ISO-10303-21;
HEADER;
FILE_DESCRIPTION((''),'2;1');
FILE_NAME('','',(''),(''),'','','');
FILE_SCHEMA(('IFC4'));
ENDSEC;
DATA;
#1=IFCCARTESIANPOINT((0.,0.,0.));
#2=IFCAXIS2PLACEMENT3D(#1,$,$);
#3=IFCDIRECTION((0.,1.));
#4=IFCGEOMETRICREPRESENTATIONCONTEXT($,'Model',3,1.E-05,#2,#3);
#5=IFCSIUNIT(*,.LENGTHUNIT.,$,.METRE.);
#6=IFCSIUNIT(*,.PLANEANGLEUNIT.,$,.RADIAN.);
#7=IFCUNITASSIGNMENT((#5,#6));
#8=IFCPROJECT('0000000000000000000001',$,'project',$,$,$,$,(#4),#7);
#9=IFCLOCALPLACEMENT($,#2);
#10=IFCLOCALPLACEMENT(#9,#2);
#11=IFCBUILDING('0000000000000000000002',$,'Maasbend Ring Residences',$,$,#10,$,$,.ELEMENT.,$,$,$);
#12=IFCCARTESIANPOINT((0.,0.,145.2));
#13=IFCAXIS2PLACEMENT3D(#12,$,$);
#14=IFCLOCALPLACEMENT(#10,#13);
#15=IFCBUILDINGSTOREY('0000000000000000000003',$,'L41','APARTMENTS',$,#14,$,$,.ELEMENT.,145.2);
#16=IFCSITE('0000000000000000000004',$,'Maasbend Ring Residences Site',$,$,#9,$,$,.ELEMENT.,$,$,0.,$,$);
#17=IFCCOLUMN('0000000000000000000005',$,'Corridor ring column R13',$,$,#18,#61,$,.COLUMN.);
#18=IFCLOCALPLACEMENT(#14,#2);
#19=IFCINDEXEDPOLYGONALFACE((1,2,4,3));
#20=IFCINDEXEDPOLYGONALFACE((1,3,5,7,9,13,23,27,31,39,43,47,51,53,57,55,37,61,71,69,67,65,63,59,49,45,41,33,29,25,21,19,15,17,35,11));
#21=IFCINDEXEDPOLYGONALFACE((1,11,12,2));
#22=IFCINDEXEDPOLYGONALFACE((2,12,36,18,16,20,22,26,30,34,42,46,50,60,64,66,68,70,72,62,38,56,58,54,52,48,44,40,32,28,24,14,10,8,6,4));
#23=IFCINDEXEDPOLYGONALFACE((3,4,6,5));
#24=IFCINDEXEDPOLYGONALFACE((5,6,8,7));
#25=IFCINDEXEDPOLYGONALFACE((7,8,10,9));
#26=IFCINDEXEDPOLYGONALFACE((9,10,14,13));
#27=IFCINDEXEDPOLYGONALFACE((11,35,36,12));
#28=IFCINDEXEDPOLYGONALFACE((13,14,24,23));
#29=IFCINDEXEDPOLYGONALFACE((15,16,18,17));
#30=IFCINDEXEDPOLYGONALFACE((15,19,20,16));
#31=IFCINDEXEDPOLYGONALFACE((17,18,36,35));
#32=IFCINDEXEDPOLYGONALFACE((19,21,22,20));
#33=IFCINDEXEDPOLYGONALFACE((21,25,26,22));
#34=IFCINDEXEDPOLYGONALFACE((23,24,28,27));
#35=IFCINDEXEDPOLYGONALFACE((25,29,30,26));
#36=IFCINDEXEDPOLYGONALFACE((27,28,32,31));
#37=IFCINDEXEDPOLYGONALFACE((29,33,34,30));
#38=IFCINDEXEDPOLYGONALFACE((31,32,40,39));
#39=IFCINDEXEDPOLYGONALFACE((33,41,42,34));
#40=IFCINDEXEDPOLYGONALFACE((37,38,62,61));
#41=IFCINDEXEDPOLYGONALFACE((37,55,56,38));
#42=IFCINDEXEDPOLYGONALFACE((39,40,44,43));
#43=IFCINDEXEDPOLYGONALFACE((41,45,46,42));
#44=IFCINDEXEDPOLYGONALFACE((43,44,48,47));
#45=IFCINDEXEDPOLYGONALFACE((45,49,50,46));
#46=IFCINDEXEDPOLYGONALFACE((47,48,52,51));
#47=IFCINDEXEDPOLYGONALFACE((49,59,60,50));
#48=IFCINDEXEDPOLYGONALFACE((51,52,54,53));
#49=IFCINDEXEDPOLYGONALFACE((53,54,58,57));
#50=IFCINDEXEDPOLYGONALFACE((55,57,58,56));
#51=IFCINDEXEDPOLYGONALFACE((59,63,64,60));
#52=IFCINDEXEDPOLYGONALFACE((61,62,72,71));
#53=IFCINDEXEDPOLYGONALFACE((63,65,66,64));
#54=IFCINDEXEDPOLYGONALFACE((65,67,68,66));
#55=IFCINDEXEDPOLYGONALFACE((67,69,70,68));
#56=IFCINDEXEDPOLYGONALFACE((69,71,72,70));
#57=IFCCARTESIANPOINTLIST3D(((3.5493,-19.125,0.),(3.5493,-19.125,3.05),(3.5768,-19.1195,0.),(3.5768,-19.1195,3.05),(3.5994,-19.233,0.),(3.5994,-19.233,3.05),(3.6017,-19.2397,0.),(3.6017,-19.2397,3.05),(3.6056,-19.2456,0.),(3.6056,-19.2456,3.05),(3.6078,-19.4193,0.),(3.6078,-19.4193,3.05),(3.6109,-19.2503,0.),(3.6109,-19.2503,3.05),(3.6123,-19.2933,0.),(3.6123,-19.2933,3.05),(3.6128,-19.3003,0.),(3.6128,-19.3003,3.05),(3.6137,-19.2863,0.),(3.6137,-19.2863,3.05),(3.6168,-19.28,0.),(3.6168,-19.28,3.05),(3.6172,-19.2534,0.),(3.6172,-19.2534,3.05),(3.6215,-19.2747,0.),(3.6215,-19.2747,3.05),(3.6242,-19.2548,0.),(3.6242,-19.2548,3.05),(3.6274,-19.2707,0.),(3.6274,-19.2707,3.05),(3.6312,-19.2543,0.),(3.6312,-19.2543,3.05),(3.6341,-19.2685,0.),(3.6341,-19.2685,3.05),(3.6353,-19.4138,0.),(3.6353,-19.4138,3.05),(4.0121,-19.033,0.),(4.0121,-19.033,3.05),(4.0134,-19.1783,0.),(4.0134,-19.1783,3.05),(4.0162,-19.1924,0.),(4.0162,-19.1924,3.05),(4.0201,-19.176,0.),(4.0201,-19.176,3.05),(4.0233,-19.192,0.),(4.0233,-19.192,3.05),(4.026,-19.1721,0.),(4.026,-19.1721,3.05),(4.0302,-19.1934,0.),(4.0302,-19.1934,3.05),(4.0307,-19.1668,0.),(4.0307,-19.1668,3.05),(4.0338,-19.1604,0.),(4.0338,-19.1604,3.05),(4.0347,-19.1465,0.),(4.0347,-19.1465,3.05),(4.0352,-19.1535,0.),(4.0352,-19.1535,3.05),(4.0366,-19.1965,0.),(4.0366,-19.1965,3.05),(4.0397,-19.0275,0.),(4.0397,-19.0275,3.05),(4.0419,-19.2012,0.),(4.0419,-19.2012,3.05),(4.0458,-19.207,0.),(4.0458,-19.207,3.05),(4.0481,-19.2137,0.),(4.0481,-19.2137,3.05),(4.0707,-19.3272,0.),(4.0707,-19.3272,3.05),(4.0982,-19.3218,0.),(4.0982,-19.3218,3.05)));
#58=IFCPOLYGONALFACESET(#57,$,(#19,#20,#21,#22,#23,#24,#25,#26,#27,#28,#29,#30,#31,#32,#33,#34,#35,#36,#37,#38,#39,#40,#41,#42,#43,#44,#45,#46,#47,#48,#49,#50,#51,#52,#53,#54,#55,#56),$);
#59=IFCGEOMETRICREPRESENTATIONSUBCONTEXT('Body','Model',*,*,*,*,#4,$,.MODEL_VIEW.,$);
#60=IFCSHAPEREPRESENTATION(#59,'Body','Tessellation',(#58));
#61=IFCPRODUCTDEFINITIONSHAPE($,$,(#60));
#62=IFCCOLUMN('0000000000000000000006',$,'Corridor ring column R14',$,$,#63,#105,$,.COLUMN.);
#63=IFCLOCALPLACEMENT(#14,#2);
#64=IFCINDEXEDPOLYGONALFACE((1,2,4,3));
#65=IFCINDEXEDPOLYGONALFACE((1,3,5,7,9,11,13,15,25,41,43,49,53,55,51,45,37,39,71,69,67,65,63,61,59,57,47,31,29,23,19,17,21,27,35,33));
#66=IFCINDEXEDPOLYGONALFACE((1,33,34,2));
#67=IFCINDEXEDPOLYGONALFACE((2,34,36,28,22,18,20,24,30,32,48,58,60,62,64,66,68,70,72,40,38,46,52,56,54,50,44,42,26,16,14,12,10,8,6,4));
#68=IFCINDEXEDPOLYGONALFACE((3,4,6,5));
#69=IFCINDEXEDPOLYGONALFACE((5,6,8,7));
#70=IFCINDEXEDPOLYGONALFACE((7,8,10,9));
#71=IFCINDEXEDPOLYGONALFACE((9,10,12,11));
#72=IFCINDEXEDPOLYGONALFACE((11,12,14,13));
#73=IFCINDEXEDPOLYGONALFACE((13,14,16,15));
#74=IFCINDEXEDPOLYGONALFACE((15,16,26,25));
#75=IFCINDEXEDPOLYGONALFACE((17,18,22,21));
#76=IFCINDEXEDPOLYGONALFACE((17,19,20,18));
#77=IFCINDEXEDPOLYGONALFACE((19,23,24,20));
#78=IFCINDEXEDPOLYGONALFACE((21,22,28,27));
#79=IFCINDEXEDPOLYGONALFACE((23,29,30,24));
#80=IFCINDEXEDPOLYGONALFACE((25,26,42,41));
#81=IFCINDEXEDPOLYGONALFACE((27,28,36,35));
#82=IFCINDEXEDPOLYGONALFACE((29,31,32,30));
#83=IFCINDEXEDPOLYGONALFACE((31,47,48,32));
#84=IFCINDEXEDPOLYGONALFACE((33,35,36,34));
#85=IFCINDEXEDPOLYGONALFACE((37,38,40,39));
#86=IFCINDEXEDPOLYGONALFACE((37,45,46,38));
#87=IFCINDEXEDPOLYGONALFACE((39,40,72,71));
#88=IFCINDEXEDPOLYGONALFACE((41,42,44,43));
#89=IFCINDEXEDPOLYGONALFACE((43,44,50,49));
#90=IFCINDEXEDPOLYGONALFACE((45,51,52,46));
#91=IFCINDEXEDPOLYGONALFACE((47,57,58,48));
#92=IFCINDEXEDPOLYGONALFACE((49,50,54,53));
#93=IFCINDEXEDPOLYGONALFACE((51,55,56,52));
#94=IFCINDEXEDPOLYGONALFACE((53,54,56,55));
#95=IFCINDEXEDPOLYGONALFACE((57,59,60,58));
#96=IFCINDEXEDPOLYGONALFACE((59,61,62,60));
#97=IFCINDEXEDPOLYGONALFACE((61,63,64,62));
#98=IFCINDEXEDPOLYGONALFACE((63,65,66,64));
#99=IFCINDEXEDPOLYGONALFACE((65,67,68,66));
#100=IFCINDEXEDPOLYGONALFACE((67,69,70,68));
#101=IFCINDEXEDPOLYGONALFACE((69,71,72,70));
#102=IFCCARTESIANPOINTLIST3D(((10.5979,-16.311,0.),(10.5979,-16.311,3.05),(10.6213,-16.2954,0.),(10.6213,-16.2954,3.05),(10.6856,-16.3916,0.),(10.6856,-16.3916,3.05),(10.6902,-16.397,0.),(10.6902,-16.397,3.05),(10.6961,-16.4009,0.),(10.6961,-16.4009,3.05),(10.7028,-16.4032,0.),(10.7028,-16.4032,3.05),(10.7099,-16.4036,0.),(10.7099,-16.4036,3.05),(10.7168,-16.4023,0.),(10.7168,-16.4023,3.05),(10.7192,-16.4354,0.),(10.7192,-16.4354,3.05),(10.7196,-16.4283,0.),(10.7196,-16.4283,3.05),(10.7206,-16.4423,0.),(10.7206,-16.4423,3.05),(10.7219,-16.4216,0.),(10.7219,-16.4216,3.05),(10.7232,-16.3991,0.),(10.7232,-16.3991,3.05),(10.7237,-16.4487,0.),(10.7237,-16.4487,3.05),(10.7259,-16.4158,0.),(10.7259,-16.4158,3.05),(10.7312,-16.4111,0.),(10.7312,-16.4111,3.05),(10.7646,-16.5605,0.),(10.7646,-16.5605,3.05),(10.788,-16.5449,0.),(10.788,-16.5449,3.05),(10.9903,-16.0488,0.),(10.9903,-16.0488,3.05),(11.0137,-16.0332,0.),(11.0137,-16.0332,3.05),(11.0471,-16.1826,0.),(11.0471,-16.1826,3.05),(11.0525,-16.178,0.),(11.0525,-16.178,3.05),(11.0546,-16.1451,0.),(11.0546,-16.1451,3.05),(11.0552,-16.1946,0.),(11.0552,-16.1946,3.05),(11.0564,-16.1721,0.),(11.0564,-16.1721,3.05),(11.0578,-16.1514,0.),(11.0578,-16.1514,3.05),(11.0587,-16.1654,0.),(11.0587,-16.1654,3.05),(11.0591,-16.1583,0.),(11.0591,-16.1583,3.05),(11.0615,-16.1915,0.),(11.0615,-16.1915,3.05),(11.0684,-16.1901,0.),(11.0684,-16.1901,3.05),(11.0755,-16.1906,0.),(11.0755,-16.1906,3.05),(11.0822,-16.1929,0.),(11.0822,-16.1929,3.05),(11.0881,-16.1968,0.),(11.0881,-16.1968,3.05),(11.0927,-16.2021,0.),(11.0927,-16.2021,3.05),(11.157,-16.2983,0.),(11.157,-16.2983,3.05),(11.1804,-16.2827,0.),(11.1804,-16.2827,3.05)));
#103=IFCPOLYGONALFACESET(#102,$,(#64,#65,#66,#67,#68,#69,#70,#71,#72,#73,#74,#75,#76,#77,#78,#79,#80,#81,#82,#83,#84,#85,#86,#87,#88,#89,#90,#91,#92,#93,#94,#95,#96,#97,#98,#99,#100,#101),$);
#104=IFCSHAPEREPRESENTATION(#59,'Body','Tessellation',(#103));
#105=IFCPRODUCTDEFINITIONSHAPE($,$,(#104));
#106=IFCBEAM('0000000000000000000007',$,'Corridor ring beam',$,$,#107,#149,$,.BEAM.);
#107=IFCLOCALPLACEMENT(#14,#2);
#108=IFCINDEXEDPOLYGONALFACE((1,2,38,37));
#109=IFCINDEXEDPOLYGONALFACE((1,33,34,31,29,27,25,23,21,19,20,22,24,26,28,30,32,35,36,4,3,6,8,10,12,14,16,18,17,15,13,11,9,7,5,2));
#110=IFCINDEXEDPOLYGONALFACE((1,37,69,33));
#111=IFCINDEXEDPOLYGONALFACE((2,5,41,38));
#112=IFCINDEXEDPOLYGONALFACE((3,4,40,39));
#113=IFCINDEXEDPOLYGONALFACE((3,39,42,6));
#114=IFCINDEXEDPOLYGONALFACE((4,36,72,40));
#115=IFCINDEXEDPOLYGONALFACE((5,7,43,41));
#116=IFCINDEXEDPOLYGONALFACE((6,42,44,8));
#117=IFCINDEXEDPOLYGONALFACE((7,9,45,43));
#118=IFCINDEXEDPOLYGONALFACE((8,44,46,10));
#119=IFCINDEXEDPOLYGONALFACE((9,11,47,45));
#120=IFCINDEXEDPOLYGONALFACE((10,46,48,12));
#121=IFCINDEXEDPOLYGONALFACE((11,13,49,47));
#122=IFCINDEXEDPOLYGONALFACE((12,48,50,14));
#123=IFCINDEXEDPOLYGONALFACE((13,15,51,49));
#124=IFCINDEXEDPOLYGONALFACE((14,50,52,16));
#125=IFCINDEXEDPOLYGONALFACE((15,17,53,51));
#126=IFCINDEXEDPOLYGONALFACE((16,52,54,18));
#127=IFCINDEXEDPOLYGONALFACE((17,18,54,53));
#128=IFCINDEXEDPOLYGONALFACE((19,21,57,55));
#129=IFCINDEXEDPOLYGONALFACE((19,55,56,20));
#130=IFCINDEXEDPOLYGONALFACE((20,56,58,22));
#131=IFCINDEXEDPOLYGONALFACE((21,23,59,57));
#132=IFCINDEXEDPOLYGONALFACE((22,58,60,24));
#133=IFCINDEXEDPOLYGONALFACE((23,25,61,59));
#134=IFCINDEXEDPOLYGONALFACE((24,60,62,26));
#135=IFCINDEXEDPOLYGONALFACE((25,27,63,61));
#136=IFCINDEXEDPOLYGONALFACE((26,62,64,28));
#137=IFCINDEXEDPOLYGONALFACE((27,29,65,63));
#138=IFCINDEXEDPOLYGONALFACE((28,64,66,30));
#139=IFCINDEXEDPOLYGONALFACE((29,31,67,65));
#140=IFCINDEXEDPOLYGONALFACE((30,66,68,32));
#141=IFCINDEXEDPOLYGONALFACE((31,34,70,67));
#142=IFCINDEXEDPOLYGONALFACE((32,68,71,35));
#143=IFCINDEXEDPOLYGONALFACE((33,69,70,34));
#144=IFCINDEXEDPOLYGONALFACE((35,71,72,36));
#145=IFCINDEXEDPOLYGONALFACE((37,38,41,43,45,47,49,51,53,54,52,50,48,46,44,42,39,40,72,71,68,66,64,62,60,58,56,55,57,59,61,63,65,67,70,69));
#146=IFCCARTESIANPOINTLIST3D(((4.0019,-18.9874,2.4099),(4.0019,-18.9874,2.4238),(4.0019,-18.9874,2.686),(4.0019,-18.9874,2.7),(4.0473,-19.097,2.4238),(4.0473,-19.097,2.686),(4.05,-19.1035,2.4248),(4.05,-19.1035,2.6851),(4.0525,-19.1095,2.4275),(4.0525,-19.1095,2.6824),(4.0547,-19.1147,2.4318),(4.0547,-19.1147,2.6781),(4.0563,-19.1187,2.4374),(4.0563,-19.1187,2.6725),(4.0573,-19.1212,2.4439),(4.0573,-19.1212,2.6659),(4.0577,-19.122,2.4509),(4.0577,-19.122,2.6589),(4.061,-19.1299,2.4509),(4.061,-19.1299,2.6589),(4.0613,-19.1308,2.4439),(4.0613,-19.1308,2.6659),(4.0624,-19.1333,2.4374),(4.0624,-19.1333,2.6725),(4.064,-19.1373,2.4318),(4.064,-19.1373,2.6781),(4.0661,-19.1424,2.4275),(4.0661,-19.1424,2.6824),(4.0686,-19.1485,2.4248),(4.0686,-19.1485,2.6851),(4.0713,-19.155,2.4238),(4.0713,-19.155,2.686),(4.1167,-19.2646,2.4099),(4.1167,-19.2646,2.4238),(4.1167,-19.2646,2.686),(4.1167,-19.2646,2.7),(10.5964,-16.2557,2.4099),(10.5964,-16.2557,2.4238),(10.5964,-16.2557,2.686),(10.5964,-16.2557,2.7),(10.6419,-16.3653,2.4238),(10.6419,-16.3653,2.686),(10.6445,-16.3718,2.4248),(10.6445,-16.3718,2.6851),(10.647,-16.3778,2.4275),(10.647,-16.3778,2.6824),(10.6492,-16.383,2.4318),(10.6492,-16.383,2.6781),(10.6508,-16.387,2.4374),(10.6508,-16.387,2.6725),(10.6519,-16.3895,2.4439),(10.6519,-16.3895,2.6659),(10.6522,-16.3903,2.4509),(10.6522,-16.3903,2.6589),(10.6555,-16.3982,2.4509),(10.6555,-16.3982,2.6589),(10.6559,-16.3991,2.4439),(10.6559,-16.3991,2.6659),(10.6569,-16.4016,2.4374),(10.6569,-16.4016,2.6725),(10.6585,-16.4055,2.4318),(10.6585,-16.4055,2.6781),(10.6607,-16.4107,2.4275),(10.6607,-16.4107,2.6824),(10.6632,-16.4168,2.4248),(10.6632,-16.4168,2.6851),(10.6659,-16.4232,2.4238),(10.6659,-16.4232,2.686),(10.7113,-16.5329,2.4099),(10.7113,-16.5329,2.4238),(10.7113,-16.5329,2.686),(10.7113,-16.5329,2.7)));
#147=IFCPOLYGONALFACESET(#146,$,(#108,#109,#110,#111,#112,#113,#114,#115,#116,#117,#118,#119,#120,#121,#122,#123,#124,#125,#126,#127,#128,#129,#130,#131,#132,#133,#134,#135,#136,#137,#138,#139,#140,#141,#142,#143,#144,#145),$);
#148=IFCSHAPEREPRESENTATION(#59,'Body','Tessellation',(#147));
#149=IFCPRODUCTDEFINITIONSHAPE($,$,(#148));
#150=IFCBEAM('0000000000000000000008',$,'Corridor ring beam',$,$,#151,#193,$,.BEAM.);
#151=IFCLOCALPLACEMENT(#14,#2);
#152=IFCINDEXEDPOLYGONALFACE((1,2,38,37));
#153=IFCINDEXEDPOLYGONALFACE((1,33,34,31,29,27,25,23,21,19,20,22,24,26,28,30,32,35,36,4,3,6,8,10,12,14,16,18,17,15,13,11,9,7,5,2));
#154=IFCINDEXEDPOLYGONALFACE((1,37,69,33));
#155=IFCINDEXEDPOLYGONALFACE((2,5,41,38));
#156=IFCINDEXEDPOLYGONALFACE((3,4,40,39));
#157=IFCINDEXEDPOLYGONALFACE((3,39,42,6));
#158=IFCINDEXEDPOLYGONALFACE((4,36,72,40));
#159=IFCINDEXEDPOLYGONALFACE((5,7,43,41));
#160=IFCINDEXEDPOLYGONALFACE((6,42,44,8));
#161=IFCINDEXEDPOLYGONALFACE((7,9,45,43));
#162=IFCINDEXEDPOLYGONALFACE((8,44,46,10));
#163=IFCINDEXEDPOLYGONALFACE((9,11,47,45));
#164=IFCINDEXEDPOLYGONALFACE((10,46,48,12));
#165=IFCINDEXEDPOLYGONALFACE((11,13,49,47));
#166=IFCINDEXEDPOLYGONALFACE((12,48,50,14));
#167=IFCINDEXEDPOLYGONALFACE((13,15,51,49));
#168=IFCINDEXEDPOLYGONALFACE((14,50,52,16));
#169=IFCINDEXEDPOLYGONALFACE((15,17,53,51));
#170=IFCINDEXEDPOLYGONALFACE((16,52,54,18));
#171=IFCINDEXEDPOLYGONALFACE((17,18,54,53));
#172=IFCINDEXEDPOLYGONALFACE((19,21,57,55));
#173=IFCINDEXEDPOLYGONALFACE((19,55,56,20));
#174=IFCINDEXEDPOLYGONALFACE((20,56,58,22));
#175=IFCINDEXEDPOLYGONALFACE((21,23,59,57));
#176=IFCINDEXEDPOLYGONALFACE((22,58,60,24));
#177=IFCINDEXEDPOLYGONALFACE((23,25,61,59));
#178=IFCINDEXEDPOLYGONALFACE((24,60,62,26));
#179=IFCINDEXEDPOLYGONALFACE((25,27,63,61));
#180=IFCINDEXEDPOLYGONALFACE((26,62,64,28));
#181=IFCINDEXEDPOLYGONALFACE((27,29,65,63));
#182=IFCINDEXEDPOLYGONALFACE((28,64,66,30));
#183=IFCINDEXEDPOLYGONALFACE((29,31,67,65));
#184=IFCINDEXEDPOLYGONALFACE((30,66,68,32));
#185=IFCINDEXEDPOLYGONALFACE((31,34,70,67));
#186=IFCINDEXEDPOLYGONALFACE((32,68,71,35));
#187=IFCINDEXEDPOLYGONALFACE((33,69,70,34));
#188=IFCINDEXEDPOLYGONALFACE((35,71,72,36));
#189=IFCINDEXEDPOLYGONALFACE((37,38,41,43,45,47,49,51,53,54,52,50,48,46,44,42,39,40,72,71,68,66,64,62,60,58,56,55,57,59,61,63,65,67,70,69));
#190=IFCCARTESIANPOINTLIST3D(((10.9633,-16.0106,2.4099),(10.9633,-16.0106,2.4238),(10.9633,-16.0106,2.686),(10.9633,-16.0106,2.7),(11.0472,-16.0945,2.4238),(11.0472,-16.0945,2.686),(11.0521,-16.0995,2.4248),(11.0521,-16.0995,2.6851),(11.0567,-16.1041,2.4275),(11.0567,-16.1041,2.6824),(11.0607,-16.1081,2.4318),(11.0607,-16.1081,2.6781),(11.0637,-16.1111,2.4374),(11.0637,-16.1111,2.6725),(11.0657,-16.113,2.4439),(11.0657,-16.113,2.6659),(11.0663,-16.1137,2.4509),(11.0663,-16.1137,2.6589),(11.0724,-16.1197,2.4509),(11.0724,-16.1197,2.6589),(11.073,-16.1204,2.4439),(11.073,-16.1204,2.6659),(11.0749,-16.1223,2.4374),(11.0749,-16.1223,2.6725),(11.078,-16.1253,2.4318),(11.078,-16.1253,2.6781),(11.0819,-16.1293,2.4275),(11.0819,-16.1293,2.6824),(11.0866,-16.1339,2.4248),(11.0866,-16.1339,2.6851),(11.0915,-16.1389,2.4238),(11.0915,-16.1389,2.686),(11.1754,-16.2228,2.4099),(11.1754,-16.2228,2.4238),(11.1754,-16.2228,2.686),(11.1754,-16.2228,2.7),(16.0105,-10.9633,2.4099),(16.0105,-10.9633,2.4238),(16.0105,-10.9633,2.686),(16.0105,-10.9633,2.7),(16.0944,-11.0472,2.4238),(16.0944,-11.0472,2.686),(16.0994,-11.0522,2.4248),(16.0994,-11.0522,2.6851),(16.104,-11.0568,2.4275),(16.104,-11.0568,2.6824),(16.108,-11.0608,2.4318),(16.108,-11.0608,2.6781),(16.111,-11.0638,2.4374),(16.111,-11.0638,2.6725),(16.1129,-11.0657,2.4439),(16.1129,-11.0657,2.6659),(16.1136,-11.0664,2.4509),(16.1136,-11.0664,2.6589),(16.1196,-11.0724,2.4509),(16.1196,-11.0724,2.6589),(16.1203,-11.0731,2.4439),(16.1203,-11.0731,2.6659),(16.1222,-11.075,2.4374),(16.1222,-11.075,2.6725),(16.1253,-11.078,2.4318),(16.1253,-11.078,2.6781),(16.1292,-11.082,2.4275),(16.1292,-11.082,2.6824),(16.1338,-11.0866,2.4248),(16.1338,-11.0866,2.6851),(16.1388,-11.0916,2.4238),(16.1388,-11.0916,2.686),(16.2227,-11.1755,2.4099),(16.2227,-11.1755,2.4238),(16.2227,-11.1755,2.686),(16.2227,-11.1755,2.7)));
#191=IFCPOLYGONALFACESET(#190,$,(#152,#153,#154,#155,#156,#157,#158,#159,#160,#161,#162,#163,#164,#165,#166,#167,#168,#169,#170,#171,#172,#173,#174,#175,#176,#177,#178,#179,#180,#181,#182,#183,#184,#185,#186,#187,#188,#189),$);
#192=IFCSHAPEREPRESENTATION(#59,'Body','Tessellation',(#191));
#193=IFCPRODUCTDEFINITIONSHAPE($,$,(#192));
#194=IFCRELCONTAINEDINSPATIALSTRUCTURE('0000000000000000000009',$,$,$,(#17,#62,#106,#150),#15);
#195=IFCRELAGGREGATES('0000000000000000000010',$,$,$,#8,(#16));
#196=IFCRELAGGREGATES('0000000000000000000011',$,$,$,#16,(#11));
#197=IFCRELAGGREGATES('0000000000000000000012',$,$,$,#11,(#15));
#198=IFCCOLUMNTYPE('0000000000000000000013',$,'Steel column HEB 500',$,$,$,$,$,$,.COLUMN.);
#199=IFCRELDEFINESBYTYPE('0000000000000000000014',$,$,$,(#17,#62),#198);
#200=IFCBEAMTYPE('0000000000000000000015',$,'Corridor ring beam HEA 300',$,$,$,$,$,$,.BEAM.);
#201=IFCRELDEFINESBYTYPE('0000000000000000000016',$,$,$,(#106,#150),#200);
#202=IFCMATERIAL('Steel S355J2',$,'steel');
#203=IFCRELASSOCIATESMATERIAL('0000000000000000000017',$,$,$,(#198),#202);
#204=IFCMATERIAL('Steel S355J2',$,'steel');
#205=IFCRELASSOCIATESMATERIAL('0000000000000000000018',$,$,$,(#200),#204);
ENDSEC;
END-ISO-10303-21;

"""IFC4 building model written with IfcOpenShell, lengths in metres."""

from ifc_helpers import new_model, si_unit, direction, frame, origin, origin_2d, place, context, subcontext, project, spatial, i_section, extrude, material, material_profile, profile_set, type_object, element, save


model = new_model("IFC4")

# Units and contexts
model_context = context("Model", 3, precision=1e-05, world=origin(), true_north=direction((0.0, 1.0)))
body_context = subcontext(model_context, "Body", "Model", "MODEL_VIEW")
ifc_project = project(units=[si_unit("LENGTHUNIT", "METRE"), si_unit("PLANEANGLEUNIT", "RADIAN")], contexts=[model_context])

# Site, building, storey
site_placement = place(None, origin())
site = spatial("IfcSite", under=ifc_project, at=site_placement, Name="Maasbend Ring Residences Site", CompositionType="ELEMENT", RefElevation=0.0)
building_placement = place(site_placement, origin())
building = spatial("IfcBuilding", under=site, at=building_placement, Name="Maasbend Ring Residences", CompositionType="ELEMENT")
storey_placement = place(building_placement, frame((0.0, 0.0, 145.2)))
storey = spatial("IfcBuildingStorey", under=building, at=storey_placement, Name="L41", Description="APARTMENTS", CompositionType="ELEMENT", Elevation=145.2)

# Columns
ifc_material_1 = material(Name="Steel S355J2", Category="steel")
ifc_material_profile_1 = material_profile(ifc_material_1, i_section(OverallWidth=0.3, OverallDepth=0.5, WebThickness=0.0144, FlangeThickness=0.0281, FilletRadius=0.0271, at=origin_2d()), Name="HEB 500")
ifc_profile_set_1 = profile_set([ifc_material_profile_1], Name="Steel S355J2")
column_type = type_object("IfcColumnType", Name="Steel column HEB 500", PredefinedType="COLUMN", material=ifc_profile_set_1)
for number, where, z_axis, x_axis, name in (
    (1, (3.8237, -19.2234, 0.0), (0.0, 0.0, 1.0), (0.19509, -0.980785, 0.0), "Corridor ring column R13"),
    (2, (10.8892, -16.2969, 0.0), (0.0, 0.0, 1.0), (0.55557, -0.83147, 0.0), "Corridor ring column R14"),
):
    element("IfcColumn", number, at=place(storey_placement, frame(where, z_axis=z_axis, x_axis=x_axis)), inside=storey, type_object=column_type, Name=name, PredefinedType="COLUMN", context=body_context, shape_type="SweptSolid", body=[
        extrude(i_section(OverallWidth=0.3, OverallDepth=0.5, WebThickness=0.0144, FlangeThickness=0.0281, FilletRadius=0.0271, at=origin_2d()), origin(), (0.0, 0.0, 1.0), 3.05),
    ])

# Beams
ifc_material_2 = material(Name="Steel S355J2", Category="steel")
ifc_material_profile_2 = material_profile(ifc_material_2, i_section(OverallWidth=0.3, OverallDepth=0.29, WebThickness=0.0085, FlangeThickness=0.0139, FilletRadius=0.0271, at=origin_2d()), Name="HEA 300")
ifc_profile_set_2 = profile_set([ifc_material_profile_2], Name="Steel S355J2")
beam_type = type_object("IfcBeamType", Name="Corridor ring beam HEA 300", PredefinedType="BEAM", material=ifc_profile_set_2)
for number, where, z_axis, x_axis, name in (
    (3, (4.0593, -19.126, 2.5549), (0.923871, 0.382703, 0.0), (-0.382703, 0.923871, 0.0), "Corridor ring beam"),
    (4, (11.0693, -16.1167, 2.5549), (0.707107, 0.707107, 0.0), (-0.707107, 0.707107, 0.0), "Corridor ring beam"),
):
    element("IfcBeam", number, at=place(storey_placement, frame(where, z_axis=z_axis, x_axis=x_axis)), inside=storey, type_object=beam_type, Name=name, PredefinedType="BEAM", context=body_context, shape_type="SweptSolid", body=[
        extrude(i_section(OverallWidth=0.3, OverallDepth=0.29, WebThickness=0.0085, FlangeThickness=0.0139, FilletRadius=0.0271, at=origin_2d()), origin(), (0.0, 0.0, 1.0), 7.1379),
    ])

save(model, "model.ifc")
